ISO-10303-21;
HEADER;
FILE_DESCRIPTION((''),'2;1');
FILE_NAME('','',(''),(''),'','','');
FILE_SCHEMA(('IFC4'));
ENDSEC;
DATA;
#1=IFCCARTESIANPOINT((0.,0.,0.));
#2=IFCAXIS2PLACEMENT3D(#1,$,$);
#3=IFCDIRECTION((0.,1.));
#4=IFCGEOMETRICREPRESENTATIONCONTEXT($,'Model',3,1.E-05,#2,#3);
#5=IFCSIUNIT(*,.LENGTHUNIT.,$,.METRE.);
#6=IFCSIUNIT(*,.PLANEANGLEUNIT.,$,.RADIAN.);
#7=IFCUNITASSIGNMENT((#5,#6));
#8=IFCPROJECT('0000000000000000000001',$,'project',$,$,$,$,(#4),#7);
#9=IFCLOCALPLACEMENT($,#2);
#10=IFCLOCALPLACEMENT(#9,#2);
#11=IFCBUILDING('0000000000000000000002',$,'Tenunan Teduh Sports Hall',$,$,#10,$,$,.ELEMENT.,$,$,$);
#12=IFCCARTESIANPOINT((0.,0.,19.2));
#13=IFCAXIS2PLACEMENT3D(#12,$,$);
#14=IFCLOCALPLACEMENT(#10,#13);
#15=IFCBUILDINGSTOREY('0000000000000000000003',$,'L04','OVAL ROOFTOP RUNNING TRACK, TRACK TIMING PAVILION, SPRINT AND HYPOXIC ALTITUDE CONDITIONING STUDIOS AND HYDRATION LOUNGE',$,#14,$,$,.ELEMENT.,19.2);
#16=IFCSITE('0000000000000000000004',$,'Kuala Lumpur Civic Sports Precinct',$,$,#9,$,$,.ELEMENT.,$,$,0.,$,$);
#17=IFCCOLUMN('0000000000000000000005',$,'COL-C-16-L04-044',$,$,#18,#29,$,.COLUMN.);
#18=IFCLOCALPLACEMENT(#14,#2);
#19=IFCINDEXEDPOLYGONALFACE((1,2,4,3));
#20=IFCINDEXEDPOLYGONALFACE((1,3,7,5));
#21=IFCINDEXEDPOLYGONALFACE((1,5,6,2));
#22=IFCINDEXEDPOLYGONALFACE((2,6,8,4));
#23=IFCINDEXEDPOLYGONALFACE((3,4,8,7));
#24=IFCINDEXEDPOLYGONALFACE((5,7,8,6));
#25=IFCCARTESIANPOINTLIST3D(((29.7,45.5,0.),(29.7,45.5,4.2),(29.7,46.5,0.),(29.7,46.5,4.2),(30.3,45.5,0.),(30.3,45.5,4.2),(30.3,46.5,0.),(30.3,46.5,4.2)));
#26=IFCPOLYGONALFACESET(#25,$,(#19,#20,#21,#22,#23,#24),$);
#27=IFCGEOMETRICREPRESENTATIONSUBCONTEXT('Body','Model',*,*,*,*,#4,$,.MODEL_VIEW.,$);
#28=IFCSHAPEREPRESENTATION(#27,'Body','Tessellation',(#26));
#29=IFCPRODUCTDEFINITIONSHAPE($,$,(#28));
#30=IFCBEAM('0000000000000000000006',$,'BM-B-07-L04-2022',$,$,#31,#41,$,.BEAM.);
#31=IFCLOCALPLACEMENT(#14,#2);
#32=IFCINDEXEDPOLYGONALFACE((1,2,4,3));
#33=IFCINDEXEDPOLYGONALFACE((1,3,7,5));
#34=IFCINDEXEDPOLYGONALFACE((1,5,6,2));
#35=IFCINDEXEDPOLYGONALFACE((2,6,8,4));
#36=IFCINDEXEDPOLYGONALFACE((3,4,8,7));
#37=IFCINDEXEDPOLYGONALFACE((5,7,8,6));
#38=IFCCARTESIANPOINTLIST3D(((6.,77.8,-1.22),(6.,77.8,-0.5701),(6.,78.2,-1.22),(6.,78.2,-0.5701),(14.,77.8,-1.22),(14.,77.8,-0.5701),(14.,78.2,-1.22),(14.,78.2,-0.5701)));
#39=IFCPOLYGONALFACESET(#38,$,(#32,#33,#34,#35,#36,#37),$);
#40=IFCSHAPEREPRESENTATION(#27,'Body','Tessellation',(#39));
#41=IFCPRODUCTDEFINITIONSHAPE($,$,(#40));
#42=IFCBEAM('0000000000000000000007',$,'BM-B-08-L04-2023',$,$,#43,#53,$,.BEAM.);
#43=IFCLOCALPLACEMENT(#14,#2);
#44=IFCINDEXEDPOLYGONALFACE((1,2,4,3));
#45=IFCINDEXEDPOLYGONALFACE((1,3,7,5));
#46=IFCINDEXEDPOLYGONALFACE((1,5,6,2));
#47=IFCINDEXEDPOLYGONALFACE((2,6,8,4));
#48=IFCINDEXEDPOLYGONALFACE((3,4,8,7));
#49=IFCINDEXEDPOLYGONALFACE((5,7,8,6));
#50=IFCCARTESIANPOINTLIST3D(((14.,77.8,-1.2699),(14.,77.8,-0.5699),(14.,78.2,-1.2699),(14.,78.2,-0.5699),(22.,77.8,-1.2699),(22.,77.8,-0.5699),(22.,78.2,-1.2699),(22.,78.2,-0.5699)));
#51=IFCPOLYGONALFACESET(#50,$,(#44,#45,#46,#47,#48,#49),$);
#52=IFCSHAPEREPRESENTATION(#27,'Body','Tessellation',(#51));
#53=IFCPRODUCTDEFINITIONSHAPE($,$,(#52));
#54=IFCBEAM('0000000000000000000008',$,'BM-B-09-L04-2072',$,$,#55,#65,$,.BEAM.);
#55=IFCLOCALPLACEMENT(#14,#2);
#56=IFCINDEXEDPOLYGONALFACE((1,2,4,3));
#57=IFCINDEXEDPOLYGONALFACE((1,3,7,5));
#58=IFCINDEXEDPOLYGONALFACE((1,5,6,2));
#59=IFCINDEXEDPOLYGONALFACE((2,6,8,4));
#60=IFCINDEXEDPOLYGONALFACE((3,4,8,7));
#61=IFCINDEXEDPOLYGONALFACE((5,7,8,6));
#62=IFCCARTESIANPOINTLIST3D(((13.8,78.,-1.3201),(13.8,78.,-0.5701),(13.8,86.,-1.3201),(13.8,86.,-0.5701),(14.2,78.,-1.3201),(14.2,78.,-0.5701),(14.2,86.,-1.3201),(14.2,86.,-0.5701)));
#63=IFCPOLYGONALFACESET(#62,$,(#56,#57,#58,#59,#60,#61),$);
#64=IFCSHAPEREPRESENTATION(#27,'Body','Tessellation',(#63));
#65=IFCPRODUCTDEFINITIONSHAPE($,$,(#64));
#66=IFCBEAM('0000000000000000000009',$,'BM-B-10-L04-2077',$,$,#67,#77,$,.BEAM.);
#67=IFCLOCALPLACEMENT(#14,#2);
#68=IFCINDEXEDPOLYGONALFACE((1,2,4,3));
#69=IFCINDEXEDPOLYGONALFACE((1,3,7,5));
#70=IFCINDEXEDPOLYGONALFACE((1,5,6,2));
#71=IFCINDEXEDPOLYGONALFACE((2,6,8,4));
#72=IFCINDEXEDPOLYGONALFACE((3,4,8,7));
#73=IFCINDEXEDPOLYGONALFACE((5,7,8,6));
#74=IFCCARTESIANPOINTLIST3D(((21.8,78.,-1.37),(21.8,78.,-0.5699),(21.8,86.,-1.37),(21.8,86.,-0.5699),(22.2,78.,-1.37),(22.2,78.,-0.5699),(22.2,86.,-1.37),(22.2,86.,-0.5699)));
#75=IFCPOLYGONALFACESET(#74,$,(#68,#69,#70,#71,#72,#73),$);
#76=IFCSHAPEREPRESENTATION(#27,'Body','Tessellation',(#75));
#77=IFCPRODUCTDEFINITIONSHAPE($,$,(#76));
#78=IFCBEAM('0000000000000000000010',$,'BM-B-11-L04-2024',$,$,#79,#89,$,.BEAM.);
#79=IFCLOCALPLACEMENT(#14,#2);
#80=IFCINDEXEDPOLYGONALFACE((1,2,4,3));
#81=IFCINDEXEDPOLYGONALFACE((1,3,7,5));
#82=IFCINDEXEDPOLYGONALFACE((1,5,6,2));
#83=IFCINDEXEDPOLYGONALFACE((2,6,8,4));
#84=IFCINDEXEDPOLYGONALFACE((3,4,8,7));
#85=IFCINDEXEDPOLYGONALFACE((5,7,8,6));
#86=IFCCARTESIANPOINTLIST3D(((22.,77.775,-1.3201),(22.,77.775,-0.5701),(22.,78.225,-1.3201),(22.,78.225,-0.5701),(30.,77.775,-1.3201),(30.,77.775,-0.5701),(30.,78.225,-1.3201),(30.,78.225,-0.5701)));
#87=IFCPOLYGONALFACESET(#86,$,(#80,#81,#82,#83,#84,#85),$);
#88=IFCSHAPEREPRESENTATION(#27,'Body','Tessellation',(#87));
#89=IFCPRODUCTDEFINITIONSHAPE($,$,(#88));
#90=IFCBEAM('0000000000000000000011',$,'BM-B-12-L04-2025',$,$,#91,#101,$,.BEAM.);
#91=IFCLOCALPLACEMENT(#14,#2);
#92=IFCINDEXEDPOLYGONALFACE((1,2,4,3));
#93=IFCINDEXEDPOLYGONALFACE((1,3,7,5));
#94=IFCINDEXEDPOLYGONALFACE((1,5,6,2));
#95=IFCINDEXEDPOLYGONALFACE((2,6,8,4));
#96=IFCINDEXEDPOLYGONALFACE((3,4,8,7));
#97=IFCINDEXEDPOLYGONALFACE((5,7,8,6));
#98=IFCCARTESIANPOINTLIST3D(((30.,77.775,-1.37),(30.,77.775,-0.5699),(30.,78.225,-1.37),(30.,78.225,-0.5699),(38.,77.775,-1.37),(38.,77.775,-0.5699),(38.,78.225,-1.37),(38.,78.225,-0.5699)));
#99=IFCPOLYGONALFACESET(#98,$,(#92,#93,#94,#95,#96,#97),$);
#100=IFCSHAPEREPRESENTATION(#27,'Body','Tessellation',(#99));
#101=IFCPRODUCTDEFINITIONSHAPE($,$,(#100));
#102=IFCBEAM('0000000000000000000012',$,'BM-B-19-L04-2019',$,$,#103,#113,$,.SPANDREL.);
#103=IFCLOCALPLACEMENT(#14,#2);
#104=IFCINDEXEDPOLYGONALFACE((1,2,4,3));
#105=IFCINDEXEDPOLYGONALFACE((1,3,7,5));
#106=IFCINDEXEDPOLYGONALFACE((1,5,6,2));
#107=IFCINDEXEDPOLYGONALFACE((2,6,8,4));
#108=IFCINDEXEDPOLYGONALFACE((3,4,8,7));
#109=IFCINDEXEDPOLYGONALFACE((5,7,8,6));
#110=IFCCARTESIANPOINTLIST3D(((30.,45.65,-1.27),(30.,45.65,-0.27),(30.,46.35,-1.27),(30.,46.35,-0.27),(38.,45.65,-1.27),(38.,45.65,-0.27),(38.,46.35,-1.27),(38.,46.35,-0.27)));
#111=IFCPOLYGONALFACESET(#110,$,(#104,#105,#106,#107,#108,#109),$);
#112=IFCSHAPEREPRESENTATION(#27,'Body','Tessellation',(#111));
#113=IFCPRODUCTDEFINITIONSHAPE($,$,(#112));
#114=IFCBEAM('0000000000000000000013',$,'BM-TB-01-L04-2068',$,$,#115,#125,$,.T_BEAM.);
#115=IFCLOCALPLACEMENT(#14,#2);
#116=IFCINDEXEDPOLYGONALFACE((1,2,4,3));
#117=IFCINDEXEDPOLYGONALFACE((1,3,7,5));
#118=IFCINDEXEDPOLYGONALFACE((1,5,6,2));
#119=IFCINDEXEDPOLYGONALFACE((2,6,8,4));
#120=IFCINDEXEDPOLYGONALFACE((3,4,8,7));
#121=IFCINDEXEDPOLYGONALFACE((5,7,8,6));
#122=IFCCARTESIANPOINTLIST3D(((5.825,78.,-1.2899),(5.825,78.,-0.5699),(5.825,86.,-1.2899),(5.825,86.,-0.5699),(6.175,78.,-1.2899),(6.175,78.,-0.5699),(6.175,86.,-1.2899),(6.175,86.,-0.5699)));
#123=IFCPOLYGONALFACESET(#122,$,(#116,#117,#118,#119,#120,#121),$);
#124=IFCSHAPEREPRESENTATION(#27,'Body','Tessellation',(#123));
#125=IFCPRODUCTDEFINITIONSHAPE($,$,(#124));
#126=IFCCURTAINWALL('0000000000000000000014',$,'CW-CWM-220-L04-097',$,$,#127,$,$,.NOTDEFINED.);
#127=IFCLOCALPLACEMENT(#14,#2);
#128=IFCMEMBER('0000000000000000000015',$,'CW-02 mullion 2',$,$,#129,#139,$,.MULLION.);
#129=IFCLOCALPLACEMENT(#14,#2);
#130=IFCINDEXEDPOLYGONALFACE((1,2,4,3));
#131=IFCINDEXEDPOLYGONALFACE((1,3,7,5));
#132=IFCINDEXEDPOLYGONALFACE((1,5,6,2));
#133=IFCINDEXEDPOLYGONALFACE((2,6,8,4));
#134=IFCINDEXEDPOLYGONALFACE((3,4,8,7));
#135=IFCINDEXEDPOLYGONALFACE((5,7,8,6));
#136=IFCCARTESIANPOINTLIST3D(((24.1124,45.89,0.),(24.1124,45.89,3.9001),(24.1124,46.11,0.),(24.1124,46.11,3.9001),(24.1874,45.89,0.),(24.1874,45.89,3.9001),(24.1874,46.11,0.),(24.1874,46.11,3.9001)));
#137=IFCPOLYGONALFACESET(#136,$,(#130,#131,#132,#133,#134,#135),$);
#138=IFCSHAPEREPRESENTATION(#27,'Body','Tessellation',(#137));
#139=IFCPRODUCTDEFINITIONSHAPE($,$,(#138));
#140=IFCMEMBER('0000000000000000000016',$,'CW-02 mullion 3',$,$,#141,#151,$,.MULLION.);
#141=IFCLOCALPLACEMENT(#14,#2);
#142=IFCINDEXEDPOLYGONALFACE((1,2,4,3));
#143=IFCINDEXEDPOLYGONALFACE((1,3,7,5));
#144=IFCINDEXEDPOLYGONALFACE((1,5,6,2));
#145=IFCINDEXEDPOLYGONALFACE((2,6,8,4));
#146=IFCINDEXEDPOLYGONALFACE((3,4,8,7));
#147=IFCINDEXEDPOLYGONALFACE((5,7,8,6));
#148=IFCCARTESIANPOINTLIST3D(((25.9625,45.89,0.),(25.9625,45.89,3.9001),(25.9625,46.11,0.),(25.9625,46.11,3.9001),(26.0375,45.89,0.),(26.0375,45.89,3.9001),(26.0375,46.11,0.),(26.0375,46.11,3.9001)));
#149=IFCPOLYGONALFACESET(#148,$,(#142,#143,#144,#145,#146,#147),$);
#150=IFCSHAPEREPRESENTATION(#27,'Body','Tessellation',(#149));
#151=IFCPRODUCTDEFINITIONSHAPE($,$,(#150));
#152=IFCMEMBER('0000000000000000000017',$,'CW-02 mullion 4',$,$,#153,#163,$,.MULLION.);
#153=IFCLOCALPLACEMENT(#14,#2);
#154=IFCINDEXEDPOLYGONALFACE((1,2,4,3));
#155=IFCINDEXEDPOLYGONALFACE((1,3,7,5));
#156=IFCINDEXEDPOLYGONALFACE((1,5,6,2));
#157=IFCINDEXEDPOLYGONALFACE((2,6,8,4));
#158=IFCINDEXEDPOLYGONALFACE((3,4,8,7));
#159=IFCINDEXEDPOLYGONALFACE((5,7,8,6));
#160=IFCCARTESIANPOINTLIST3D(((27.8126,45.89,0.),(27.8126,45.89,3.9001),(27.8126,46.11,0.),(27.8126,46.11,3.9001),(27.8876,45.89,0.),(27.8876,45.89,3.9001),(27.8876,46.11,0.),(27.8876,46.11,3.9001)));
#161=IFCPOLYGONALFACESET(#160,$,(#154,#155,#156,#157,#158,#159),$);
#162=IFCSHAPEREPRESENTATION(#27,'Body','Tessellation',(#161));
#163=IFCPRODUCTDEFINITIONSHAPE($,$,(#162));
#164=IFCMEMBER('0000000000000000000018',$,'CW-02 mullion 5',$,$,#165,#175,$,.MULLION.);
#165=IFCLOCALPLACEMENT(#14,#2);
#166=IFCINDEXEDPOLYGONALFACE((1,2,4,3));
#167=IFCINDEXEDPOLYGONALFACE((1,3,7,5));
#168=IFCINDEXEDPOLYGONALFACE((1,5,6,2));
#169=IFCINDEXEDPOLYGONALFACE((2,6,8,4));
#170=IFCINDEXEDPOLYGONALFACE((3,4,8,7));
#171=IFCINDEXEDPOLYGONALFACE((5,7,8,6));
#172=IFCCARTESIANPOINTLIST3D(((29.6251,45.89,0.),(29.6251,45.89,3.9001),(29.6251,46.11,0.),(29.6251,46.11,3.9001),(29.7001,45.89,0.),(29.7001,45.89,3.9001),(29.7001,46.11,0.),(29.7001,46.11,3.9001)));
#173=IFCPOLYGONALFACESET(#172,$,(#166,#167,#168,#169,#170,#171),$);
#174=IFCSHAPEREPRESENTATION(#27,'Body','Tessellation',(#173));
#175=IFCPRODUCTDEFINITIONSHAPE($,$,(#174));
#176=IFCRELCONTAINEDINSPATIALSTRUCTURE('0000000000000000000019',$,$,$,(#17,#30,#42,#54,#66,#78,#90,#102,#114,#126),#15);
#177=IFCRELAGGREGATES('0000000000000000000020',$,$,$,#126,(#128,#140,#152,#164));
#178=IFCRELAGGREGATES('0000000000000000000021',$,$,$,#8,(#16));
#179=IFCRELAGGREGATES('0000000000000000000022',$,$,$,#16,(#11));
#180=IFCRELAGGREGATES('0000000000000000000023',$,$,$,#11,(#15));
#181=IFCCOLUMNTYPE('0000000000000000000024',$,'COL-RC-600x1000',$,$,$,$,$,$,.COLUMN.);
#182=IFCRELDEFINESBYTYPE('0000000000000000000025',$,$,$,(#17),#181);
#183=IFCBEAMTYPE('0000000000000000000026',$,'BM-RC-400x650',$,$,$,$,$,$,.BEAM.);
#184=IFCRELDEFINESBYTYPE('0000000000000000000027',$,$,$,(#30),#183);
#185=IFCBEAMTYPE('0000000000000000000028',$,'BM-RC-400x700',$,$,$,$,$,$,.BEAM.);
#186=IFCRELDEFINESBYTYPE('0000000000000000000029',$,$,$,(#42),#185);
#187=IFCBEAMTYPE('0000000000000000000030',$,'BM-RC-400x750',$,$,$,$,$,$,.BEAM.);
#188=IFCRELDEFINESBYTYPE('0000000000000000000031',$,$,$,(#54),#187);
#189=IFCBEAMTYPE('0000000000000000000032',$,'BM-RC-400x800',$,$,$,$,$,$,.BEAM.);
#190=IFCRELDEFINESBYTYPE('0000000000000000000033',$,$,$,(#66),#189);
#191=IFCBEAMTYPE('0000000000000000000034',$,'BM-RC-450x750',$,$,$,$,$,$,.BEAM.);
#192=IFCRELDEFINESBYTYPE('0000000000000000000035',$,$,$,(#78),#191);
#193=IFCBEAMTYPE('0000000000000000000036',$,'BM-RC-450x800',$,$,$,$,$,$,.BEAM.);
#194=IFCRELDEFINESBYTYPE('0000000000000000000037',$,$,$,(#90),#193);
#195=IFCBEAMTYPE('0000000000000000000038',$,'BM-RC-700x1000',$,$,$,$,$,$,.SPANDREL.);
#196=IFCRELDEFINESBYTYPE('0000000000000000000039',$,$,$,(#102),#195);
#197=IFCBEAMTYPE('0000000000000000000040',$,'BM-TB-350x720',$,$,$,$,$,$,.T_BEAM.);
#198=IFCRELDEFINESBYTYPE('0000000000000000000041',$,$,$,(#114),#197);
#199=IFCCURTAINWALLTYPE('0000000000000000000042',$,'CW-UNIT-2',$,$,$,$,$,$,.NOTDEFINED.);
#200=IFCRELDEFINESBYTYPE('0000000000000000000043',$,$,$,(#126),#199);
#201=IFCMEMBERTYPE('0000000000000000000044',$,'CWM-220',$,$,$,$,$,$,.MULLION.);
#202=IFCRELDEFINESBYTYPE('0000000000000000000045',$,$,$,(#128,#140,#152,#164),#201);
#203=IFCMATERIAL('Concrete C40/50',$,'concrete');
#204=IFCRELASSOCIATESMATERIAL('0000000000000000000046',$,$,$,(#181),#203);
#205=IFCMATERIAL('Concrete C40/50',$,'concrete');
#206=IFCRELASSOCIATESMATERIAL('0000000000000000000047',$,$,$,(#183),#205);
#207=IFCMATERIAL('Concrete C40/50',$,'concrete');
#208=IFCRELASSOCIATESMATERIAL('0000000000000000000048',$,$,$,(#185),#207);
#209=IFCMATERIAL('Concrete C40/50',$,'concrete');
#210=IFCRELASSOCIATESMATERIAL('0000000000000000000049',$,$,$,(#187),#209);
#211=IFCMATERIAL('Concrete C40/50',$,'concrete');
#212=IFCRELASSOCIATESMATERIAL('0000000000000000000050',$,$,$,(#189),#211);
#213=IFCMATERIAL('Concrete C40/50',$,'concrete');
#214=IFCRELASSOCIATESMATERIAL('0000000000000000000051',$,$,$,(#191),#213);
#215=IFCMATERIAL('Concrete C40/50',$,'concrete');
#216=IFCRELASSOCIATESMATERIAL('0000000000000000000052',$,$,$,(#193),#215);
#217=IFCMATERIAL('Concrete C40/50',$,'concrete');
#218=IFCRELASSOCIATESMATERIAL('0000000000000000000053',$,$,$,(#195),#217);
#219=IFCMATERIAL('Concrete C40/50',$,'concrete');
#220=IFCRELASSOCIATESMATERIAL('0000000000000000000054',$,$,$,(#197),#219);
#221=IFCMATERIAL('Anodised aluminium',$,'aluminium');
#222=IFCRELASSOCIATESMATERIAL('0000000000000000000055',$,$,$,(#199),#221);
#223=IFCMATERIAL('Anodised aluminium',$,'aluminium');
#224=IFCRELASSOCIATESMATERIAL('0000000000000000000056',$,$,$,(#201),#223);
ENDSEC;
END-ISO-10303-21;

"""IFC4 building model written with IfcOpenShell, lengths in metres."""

from ifc_helpers import new_model, si_unit, direction, frame, origin, origin_2d, place, context, subcontext, project, spatial, rectangle, extrude, material, material_profile, profile_set, type_object, element, aggregate, save


model = new_model("IFC4")

# Units and contexts
model_context = context("Model", 3, precision=1e-05, world=origin(), true_north=direction((0.0, 1.0)))
body_context = subcontext(model_context, "Body", "Model", "MODEL_VIEW")
ifc_project = project(units=[si_unit("LENGTHUNIT", "METRE"), si_unit("PLANEANGLEUNIT", "RADIAN")], contexts=[model_context])

# Site, building, storey
site_placement = place(None, origin())
site = spatial("IfcSite", under=ifc_project, at=site_placement, Name="Kuala Lumpur Civic Sports Precinct", CompositionType="ELEMENT", RefElevation=0.0)
building_placement = place(site_placement, origin())
building = spatial("IfcBuilding", under=site, at=building_placement, Name="Tenunan Teduh Sports Hall", CompositionType="ELEMENT")
storey_placement = place(building_placement, frame((0.0, 0.0, 19.2)))
storey = spatial("IfcBuildingStorey", under=building, at=storey_placement, Name="L04", Description="OVAL ROOFTOP RUNNING TRACK, TRACK TIMING PAVILION, SPRINT AND HYPOXIC ALTITUDE CONDITIONING STUDIOS AND HYDRATION LOUNGE", CompositionType="ELEMENT", Elevation=19.2)

# Column
ifc_material_1 = material(Name="Concrete C40/50", Category="concrete")
ifc_material_profile_1 = material_profile(ifc_material_1, rectangle(XDim=0.6001, YDim=1.0, at=origin_2d()), Name="RC 600x1000")
ifc_profile_set_1 = profile_set([ifc_material_profile_1], Name="Concrete C40/50")
column_type = type_object("IfcColumnType", Name="COL-RC-600x1000", PredefinedType="COLUMN", material=ifc_profile_set_1)
column_placement = place(storey_placement, frame((30.0, 46.0, 0.0), z_axis=(0.0, 0.0, 1.0), x_axis=(1.0, 0.0, 0.0)))
element("IfcColumn", 1, at=column_placement, inside=storey, type_object=column_type, Name="COL-C-16-L04-044", PredefinedType="COLUMN", context=body_context, shape_type="SweptSolid", body=[
    extrude(rectangle(XDim=0.6001, YDim=1.0, at=origin_2d()), origin(), (0.0, 0.0, 1.0), 4.2),
])

# Beams
ifc_material_2 = material(Name="Concrete C40/50", Category="concrete")
ifc_material_profile_2 = material_profile(ifc_material_2, rectangle(XDim=0.3999, YDim=0.6499, at=origin_2d()), Name="RCB 400x650")
ifc_profile_set_2 = profile_set([ifc_material_profile_2], Name="Concrete C40/50")
beam_type_1 = type_object("IfcBeamType", Name="BM-RC-400x650", PredefinedType="BEAM", material=ifc_profile_set_2)
beam_1_placement = place(storey_placement, frame((6.0, 78.0, -0.895), z_axis=(1.0, 0.0, 0.0), x_axis=(0.0, 1.0, 0.0)))
element("IfcBeam", 2, at=beam_1_placement, inside=storey, type_object=beam_type_1, Name="BM-B-07-L04-2022", PredefinedType="BEAM", context=body_context, shape_type="SweptSolid", body=[
    extrude(rectangle(XDim=0.3999, YDim=0.6499, at=origin_2d()), origin(), (0.0, 0.0, 1.0), 8.0),
])
ifc_material_3 = material(Name="Concrete C40/50", Category="concrete")
ifc_material_profile_3 = material_profile(ifc_material_3, rectangle(XDim=0.3999, YDim=0.7, at=origin_2d()), Name="RCB 400x700")
ifc_profile_set_3 = profile_set([ifc_material_profile_3], Name="Concrete C40/50")
beam_type_2 = type_object("IfcBeamType", Name="BM-RC-400x700", PredefinedType="BEAM", material=ifc_profile_set_3)
beam_2_placement = place(storey_placement, frame((14.0, 78.0, -0.9199), z_axis=(1.0, 0.0, 0.0), x_axis=(0.0, 1.0, 0.0)))
element("IfcBeam", 3, at=beam_2_placement, inside=storey, type_object=beam_type_2, Name="BM-B-08-L04-2023", PredefinedType="BEAM", context=body_context, shape_type="SweptSolid", body=[
    extrude(rectangle(XDim=0.3999, YDim=0.7, at=origin_2d()), origin(), (0.0, 0.0, 1.0), 8.0),
])
ifc_material_4 = material(Name="Concrete C40/50", Category="concrete")
ifc_material_profile_4 = material_profile(ifc_material_4, rectangle(XDim=0.3999, YDim=0.75, at=origin_2d()), Name="RCB 400x750")
ifc_profile_set_4 = profile_set([ifc_material_profile_4], Name="Concrete C40/50")
beam_type_3 = type_object("IfcBeamType", Name="BM-RC-400x750", PredefinedType="BEAM", material=ifc_profile_set_4)
beam_3_placement = place(storey_placement, frame((14.0, 78.0, -0.9451), z_axis=(0.0, 1.0, 0.0), x_axis=(-1.0, 0.0, 0.0)))
element("IfcBeam", 4, at=beam_3_placement, inside=storey, type_object=beam_type_3, Name="BM-B-09-L04-2072", PredefinedType="BEAM", context=body_context, shape_type="SweptSolid", body=[
    extrude(rectangle(XDim=0.3999, YDim=0.75, at=origin_2d()), origin(), (0.0, 0.0, 1.0), 8.0),
])
ifc_material_5 = material(Name="Concrete C40/50", Category="concrete")
ifc_material_profile_5 = material_profile(ifc_material_5, rectangle(XDim=0.3999, YDim=0.8, at=origin_2d()), Name="RCB 400x800")
ifc_profile_set_5 = profile_set([ifc_material_profile_5], Name="Concrete C40/50")
beam_type_4 = type_object("IfcBeamType", Name="BM-RC-400x800", PredefinedType="BEAM", material=ifc_profile_set_5)
beam_4_placement = place(storey_placement, frame((22.0, 78.0, -0.97), z_axis=(0.0, 1.0, 0.0), x_axis=(-1.0, 0.0, 0.0)))
element("IfcBeam", 5, at=beam_4_placement, inside=storey, type_object=beam_type_4, Name="BM-B-10-L04-2077", PredefinedType="BEAM", context=body_context, shape_type="SweptSolid", body=[
    extrude(rectangle(XDim=0.3999, YDim=0.8, at=origin_2d()), origin(), (0.0, 0.0, 1.0), 8.0),
])
ifc_material_6 = material(Name="Concrete C40/50", Category="concrete")
ifc_material_profile_6 = material_profile(ifc_material_6, rectangle(XDim=0.45, YDim=0.75, at=origin_2d()), Name="RCB 450x750")
ifc_profile_set_6 = profile_set([ifc_material_profile_6], Name="Concrete C40/50")
beam_type_5 = type_object("IfcBeamType", Name="BM-RC-450x750", PredefinedType="BEAM", material=ifc_profile_set_6)
beam_5_placement = place(storey_placement, frame((22.0, 78.0, -0.9451), z_axis=(1.0, 0.0, 0.0), x_axis=(0.0, 1.0, 0.0)))
element("IfcBeam", 6, at=beam_5_placement, inside=storey, type_object=beam_type_5, Name="BM-B-11-L04-2024", PredefinedType="BEAM", context=body_context, shape_type="SweptSolid", body=[
    extrude(rectangle(XDim=0.45, YDim=0.75, at=origin_2d()), origin(), (0.0, 0.0, 1.0), 8.0),
])
ifc_material_7 = material(Name="Concrete C40/50", Category="concrete")
ifc_material_profile_7 = material_profile(ifc_material_7, rectangle(XDim=0.45, YDim=0.8, at=origin_2d()), Name="RCB 450x800")
ifc_profile_set_7 = profile_set([ifc_material_profile_7], Name="Concrete C40/50")
beam_type_6 = type_object("IfcBeamType", Name="BM-RC-450x800", PredefinedType="BEAM", material=ifc_profile_set_7)
beam_6_placement = place(storey_placement, frame((30.0, 78.0, -0.97), z_axis=(1.0, 0.0, 0.0), x_axis=(0.0, 1.0, 0.0)))
element("IfcBeam", 7, at=beam_6_placement, inside=storey, type_object=beam_type_6, Name="BM-B-12-L04-2025", PredefinedType="BEAM", context=body_context, shape_type="SweptSolid", body=[
    extrude(rectangle(XDim=0.45, YDim=0.8, at=origin_2d()), origin(), (0.0, 0.0, 1.0), 8.0),
])
ifc_material_8 = material(Name="Concrete C40/50", Category="concrete")
ifc_material_profile_8 = material_profile(ifc_material_8, rectangle(XDim=0.7, YDim=1.0, at=origin_2d()), Name="RCB 700x1000")
ifc_profile_set_8 = profile_set([ifc_material_profile_8], Name="Concrete C40/50")
beam_type_7 = type_object("IfcBeamType", Name="BM-RC-700x1000", PredefinedType="SPANDREL", material=ifc_profile_set_8)
beam_7_placement = place(storey_placement, frame((30.0, 46.0, -0.77), z_axis=(1.0, 0.0, 0.0), x_axis=(0.0, 1.0, 0.0)))
element("IfcBeam", 8, at=beam_7_placement, inside=storey, type_object=beam_type_7, Name="BM-B-19-L04-2019", PredefinedType="SPANDREL", context=body_context, shape_type="SweptSolid", body=[
    extrude(rectangle(XDim=0.7, YDim=1.0, at=origin_2d()), origin(), (0.0, 0.0, 1.0), 8.0),
])
ifc_material_9 = material(Name="Concrete C40/50", Category="concrete")
ifc_material_profile_9 = material_profile(ifc_material_9, rectangle(XDim=0.3501, YDim=0.72, at=origin_2d()), Name="TB 350x720")
ifc_profile_set_9 = profile_set([ifc_material_profile_9], Name="Concrete C40/50")
beam_type_8 = type_object("IfcBeamType", Name="BM-TB-350x720", PredefinedType="T_BEAM", material=ifc_profile_set_9)
beam_8_placement = place(storey_placement, frame((6.0, 78.0, -0.9299), z_axis=(0.0, 1.0, 0.0), x_axis=(-1.0, 0.0, 0.0)))
element("IfcBeam", 9, at=beam_8_placement, inside=storey, type_object=beam_type_8, Name="BM-TB-01-L04-2068", PredefinedType="T_BEAM", context=body_context, shape_type="SweptSolid", body=[
    extrude(rectangle(XDim=0.3501, YDim=0.72, at=origin_2d()), origin(), (0.0, 0.0, 1.0), 8.0),
])

# Curtain wall, members
ifc_material_10 = material(Name="Anodised aluminium", Category="aluminium")
curtain_wall_type = type_object("IfcCurtainWallType", Name="CW-UNIT-2", PredefinedType="NOTDEFINED", material=ifc_material_10)
curtain_wall_placement = place(storey_placement, origin())
curtain_wall = element("IfcCurtainWall", 10, at=curtain_wall_placement, inside=storey, type_object=curtain_wall_type, Name="CW-CWM-220-L04-097", PredefinedType="NOTDEFINED")
ifc_material_11 = material(Name="Anodised aluminium", Category="aluminium")
ifc_material_profile_10 = material_profile(ifc_material_11, rectangle(XDim=0.075, YDim=0.22, at=origin_2d()), Name="CWM 75x220")
ifc_profile_set_10 = profile_set([ifc_material_profile_10], Name="Anodised aluminium")
member_type_1 = type_object("IfcMemberType", Name="CWM-220", PredefinedType="MULLION", material=ifc_profile_set_10)
member_1_placement = place(storey_placement, frame((24.1499, 46.0, 0.0), z_axis=(0.0, 0.0, 1.0), x_axis=(1.0, 0.0, 0.0)))
member_1 = element("IfcMember", 11, at=member_1_placement, type_object=member_type_1, Name="CW-02 mullion 2", PredefinedType="MULLION", context=body_context, shape_type="SweptSolid", body=[
    extrude(rectangle(XDim=0.075, YDim=0.22, at=origin_2d()), origin(), (0.0, 0.0, 1.0), 3.9001),
])
member_2_placement = place(storey_placement, frame((26.0, 46.0, 0.0), z_axis=(0.0, 0.0, 1.0), x_axis=(1.0, 0.0, 0.0)))
member_2 = element("IfcMember", 12, at=member_2_placement, type_object=member_type_1, Name="CW-02 mullion 3", PredefinedType="MULLION", context=body_context, shape_type="SweptSolid", body=[
    extrude(rectangle(XDim=0.075, YDim=0.22, at=origin_2d()), origin(), (0.0, 0.0, 1.0), 3.9001),
])
member_3_placement = place(storey_placement, frame((27.8501, 46.0, 0.0), z_axis=(0.0, 0.0, 1.0), x_axis=(1.0, 0.0, 0.0)))
member_3 = element("IfcMember", 13, at=member_3_placement, type_object=member_type_1, Name="CW-02 mullion 4", PredefinedType="MULLION", context=body_context, shape_type="SweptSolid", body=[
    extrude(rectangle(XDim=0.075, YDim=0.22, at=origin_2d()), origin(), (0.0, 0.0, 1.0), 3.9001),
])
member_4_placement = place(storey_placement, frame((29.6626, 46.0, 0.0), z_axis=(0.0, 0.0, 1.0), x_axis=(1.0, 0.0, 0.0)))
member_4 = element("IfcMember", 14, at=member_4_placement, type_object=member_type_1, Name="CW-02 mullion 5", PredefinedType="MULLION", context=body_context, shape_type="SweptSolid", body=[
    extrude(rectangle(XDim=0.075, YDim=0.22, at=origin_2d()), origin(), (0.0, 0.0, 1.0), 3.9001),
])

aggregate(curtain_wall, [member_1, member_2, member_3, member_4])

save(model, "model.ifc")
